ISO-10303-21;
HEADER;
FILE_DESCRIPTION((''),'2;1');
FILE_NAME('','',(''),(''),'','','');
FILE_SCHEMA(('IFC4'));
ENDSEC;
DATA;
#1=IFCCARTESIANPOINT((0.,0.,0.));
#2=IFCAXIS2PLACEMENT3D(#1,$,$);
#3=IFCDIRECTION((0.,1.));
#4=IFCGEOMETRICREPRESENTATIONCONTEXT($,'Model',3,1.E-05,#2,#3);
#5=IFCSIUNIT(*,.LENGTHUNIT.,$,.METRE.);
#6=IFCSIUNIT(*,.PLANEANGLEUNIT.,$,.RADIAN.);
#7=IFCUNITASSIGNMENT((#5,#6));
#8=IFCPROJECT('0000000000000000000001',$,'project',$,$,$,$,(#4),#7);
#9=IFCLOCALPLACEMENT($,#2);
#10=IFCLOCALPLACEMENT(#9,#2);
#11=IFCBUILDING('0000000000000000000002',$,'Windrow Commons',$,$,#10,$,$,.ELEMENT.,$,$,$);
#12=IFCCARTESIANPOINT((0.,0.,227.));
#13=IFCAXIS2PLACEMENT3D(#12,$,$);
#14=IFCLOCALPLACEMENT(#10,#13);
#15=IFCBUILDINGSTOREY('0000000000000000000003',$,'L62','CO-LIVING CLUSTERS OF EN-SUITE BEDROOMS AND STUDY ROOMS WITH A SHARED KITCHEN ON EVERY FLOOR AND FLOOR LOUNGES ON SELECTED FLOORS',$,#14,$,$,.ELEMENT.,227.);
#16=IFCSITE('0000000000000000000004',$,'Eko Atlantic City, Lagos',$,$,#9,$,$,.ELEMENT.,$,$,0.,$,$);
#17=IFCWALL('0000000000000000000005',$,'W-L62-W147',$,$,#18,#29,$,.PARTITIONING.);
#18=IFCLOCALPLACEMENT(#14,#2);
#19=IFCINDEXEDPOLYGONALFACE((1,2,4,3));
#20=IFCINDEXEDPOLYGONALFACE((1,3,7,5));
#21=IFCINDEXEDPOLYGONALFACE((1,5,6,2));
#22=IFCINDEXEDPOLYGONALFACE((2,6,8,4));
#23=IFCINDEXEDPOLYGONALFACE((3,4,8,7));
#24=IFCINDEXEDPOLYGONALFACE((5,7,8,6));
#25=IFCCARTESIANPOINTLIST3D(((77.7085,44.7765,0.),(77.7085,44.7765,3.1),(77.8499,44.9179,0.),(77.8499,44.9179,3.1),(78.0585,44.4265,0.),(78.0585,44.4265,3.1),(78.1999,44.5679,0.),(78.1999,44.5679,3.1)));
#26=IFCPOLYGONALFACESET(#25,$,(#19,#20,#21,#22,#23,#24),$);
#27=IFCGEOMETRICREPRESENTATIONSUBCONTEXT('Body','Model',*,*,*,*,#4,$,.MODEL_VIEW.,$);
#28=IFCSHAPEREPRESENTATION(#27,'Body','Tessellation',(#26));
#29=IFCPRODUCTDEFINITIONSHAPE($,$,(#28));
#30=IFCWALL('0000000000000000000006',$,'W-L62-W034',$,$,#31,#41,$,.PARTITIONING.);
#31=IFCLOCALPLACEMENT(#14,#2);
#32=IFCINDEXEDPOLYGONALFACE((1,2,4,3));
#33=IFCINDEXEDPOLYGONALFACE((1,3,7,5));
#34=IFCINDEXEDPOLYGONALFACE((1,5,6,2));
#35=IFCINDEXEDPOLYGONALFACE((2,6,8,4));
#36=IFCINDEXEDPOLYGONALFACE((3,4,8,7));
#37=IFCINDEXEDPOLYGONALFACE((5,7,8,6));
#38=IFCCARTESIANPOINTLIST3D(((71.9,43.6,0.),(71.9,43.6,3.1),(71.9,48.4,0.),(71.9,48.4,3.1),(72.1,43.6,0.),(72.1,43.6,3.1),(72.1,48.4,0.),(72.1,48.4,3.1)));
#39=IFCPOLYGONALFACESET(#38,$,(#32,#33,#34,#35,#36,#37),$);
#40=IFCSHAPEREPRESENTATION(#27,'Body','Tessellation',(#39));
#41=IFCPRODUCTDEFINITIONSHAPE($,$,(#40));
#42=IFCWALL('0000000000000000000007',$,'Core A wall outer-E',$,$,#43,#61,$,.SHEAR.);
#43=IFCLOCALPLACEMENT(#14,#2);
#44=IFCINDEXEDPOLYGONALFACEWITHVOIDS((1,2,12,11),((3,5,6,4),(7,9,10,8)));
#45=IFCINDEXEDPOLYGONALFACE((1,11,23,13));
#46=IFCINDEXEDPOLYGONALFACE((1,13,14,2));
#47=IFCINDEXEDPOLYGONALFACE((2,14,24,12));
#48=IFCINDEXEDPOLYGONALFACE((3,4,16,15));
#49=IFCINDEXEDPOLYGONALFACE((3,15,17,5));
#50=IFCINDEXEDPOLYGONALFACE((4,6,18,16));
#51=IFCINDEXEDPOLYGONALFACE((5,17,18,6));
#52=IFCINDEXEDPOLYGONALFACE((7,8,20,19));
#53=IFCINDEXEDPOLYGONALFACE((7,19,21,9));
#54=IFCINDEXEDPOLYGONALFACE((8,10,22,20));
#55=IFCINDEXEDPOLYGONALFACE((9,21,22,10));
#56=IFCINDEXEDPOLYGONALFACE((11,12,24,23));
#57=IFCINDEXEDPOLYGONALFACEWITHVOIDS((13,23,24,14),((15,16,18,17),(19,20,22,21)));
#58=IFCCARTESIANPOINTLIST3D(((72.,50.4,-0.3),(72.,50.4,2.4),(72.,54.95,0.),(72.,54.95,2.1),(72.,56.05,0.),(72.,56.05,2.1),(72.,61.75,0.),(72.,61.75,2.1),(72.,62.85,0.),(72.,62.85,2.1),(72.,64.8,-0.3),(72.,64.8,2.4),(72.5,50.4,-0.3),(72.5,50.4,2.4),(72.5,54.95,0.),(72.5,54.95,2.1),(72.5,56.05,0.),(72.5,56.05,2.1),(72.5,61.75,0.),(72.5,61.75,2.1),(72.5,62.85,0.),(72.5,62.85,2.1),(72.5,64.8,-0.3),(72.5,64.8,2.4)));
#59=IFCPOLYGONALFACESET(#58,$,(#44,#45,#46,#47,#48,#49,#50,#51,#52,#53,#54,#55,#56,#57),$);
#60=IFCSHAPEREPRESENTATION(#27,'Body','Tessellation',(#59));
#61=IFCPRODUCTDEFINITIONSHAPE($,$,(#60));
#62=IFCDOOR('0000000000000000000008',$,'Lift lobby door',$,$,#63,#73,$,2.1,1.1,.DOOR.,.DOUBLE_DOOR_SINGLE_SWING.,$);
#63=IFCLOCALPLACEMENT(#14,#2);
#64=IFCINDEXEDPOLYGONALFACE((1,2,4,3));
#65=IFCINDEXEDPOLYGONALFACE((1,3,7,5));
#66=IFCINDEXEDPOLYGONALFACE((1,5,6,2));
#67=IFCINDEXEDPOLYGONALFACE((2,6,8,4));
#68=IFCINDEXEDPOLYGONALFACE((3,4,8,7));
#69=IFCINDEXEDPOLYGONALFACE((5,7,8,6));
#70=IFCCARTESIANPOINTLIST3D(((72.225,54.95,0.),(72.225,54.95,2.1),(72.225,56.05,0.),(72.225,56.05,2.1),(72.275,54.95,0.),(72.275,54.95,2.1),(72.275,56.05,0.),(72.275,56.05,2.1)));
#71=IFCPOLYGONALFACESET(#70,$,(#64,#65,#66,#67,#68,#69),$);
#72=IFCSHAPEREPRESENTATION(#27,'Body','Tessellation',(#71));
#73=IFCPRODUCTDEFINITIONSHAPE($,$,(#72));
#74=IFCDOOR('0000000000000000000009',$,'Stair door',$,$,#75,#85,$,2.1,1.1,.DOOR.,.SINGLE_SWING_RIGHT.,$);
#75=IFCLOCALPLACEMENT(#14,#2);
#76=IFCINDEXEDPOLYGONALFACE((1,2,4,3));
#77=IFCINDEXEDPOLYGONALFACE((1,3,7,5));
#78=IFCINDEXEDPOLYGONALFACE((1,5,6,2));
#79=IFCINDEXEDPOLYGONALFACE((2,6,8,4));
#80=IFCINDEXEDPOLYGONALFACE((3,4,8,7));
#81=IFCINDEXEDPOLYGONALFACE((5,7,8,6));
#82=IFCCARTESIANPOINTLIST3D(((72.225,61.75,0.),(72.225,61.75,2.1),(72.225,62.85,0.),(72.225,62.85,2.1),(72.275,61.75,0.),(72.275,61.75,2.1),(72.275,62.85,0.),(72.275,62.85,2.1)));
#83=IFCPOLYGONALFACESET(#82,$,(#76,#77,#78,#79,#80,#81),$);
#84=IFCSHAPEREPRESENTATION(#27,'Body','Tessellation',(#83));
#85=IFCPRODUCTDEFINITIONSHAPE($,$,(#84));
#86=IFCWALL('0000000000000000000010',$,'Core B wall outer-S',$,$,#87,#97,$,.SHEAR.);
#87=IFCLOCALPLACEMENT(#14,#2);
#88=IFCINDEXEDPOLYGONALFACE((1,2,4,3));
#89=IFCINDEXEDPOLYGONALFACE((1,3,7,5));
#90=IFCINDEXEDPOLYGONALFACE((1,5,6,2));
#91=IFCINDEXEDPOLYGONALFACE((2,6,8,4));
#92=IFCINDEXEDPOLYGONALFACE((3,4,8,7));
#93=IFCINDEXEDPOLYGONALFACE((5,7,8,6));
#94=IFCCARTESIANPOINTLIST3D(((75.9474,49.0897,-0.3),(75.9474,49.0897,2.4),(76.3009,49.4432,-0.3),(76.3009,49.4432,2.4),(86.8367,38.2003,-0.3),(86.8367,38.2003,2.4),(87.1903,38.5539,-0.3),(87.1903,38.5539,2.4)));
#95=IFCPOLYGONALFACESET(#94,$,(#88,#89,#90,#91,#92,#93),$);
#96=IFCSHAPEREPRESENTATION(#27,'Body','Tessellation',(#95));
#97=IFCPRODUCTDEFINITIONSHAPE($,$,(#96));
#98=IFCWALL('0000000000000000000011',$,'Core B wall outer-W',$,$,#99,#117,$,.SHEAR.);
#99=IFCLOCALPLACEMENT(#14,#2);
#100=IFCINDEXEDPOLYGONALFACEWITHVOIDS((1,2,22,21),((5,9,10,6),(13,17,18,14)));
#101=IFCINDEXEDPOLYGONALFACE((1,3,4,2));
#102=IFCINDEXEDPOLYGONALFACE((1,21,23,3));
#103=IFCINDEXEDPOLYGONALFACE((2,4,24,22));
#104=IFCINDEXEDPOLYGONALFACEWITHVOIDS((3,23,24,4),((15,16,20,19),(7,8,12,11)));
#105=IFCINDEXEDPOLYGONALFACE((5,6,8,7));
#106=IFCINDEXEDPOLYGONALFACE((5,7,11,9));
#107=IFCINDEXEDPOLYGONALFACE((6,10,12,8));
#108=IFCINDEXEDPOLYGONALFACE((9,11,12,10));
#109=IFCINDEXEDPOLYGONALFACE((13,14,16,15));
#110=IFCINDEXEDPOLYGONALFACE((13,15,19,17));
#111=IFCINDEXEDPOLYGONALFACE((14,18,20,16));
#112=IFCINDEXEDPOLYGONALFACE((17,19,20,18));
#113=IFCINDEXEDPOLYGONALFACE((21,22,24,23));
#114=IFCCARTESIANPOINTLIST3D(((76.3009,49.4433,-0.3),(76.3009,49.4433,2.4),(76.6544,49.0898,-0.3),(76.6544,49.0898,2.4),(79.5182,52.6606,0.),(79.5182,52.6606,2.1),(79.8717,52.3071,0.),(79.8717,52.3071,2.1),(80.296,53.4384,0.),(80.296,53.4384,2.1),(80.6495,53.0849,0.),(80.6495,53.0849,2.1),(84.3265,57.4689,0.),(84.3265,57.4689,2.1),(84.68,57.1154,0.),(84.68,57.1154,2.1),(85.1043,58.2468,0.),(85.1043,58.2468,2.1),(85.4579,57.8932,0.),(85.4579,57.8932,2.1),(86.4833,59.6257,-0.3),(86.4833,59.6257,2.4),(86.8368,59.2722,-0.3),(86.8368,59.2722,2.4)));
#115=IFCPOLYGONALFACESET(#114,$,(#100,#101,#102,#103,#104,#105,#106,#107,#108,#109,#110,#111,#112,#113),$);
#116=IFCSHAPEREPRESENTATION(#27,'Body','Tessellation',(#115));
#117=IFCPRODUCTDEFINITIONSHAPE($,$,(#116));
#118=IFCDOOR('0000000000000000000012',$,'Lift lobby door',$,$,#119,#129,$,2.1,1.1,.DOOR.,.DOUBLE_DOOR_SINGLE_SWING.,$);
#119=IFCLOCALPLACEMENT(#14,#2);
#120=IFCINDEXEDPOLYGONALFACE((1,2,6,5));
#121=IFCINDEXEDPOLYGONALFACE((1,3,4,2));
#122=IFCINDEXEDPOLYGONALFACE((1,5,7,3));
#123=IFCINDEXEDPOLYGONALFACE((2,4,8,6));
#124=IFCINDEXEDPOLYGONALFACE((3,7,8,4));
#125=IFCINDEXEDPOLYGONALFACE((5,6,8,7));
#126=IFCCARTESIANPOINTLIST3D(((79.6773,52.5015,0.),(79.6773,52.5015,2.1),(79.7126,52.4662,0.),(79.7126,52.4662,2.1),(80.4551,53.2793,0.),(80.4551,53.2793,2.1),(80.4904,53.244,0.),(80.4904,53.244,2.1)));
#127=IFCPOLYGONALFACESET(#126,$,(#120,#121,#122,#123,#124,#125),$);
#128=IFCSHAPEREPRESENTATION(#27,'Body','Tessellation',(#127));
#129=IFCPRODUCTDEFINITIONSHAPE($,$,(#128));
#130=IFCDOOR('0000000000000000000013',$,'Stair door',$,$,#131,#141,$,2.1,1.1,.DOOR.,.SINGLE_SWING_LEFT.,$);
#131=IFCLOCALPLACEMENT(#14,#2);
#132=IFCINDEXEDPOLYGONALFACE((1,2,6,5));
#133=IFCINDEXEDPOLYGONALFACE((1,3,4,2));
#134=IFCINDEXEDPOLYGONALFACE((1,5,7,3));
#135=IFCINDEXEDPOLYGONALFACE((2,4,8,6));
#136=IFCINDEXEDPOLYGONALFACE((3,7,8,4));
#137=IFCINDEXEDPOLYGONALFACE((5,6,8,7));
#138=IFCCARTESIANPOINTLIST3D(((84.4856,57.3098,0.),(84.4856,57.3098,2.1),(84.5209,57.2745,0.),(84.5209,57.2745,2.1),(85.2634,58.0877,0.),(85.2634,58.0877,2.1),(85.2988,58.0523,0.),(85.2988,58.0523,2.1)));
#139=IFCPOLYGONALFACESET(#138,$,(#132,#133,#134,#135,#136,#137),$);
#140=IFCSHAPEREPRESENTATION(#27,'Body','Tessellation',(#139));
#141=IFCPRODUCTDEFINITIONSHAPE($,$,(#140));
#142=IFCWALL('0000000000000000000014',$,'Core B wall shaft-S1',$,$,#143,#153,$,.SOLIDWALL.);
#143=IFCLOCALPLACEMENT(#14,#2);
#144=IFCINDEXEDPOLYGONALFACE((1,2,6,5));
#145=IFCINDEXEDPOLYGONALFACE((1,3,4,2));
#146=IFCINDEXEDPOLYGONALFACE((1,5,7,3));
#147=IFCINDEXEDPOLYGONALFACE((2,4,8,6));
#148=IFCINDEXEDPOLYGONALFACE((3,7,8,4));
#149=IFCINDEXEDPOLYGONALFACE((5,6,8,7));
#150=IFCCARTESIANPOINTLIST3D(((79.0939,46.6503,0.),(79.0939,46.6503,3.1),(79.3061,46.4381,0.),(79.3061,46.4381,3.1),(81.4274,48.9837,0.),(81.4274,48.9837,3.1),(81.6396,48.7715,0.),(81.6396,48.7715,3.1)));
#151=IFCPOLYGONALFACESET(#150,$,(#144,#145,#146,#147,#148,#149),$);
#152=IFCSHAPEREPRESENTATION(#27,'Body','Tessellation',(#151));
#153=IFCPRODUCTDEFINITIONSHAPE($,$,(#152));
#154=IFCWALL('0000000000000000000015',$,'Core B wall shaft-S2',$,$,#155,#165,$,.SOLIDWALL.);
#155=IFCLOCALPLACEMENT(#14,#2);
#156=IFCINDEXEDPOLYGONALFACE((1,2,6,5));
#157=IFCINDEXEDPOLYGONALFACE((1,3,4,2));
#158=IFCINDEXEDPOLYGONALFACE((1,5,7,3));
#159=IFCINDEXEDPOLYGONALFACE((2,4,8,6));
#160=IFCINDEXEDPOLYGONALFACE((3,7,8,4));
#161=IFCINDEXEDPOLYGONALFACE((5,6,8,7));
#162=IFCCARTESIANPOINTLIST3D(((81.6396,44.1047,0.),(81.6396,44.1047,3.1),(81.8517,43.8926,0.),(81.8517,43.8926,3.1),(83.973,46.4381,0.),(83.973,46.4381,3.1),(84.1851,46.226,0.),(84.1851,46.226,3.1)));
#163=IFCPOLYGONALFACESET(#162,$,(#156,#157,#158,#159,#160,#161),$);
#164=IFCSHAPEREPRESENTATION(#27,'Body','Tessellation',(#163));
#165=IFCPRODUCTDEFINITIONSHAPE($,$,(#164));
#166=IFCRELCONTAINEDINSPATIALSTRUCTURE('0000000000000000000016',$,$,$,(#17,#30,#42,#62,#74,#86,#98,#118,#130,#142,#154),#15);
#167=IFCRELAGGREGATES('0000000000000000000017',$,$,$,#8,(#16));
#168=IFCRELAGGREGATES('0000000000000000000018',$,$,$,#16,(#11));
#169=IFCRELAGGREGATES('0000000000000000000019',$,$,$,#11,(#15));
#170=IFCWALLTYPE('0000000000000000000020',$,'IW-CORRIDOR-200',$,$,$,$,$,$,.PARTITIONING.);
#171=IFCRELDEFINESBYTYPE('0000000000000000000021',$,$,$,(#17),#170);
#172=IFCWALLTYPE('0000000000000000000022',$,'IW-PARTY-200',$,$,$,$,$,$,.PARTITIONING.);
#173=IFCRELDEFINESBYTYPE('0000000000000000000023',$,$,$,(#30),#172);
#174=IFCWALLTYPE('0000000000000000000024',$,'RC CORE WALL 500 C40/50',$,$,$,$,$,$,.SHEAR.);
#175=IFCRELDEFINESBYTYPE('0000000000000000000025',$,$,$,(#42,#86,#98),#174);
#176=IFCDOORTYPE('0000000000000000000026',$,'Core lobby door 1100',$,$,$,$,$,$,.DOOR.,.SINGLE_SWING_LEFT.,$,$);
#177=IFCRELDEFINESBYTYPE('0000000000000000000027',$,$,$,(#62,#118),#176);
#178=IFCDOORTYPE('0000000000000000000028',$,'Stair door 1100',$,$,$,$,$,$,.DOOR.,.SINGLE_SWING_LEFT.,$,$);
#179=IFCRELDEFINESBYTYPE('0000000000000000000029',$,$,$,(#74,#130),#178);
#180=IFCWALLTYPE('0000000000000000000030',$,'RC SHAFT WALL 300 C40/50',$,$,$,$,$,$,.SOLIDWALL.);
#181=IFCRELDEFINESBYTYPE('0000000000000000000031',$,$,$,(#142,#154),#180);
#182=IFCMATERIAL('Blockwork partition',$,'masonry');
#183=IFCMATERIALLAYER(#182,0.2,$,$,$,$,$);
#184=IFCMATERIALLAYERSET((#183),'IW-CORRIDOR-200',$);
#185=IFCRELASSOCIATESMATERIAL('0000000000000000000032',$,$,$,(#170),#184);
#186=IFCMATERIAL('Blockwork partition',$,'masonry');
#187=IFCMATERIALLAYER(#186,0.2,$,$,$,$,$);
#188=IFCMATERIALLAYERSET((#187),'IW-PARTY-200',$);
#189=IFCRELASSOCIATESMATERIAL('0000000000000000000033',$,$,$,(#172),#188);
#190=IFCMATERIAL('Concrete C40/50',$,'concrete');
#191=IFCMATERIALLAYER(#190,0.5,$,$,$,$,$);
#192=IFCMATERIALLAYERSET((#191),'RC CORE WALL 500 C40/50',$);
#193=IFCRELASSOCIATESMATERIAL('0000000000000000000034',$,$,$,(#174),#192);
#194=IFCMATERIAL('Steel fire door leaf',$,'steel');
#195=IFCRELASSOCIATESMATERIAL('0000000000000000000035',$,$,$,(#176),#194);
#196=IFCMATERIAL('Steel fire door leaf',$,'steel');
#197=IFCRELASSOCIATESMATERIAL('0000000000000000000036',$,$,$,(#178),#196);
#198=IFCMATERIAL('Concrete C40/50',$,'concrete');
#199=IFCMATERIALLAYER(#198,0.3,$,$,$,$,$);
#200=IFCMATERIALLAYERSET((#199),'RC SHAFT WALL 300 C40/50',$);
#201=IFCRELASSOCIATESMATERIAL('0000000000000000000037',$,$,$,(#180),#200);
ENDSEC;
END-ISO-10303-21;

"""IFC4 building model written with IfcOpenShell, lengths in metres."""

from ifc_helpers import new_model, si_unit, direction, frame, frame_2d, origin, place, context, subcontext, project, spatial, rectangle, extrude, material, layer, layer_set, type_object, element, fill, save


model = new_model("IFC4")

# Units and contexts
model_context = context("Model", 3, precision=1e-05, world=origin(), true_north=direction((0.0, 1.0)))
body_context = subcontext(model_context, "Body", "Model", "MODEL_VIEW")
ifc_project = project(units=[si_unit("LENGTHUNIT", "METRE"), si_unit("PLANEANGLEUNIT", "RADIAN")], contexts=[model_context])

# Site, building, storey
site_placement = place(None, origin())
site = spatial("IfcSite", under=ifc_project, at=site_placement, Name="Eko Atlantic City, Lagos", CompositionType="ELEMENT", RefElevation=0.0)
building_placement = place(site_placement, origin())
building = spatial("IfcBuilding", under=site, at=building_placement, Name="Windrow Commons", CompositionType="ELEMENT")
storey_placement = place(building_placement, frame((0.0, 0.0, 227.0)))
storey = spatial("IfcBuildingStorey", under=building, at=storey_placement, Name="L62", Description="CO-LIVING CLUSTERS OF EN-SUITE BEDROOMS AND STUDY ROOMS WITH A SHARED KITCHEN ON EVERY FLOOR AND FLOOR LOUNGES ON SELECTED FLOORS", CompositionType="ELEMENT", Elevation=227.0)

# Shared definitions
ifc_material_1 = material(Name="Blockwork partition", Category="masonry")
ifc_layer_1 = layer(ifc_material_1, 0.2)
ifc_layer_set_1 = layer_set([ifc_layer_1], Name="IW-CORRIDOR-200")
wall_type_1 = type_object("IfcWallType", Name="IW-CORRIDOR-200", PredefinedType="PARTITIONING", material=ifc_layer_set_1)

# Walls
wall_1_placement = place(storey_placement, frame((77.7792, 44.8472, 0.0), z_axis=(0.0, 0.0, 1.0), x_axis=(0.707107, -0.707107, 0.0)))
element("IfcWall", 1, at=wall_1_placement, inside=storey, type_object=wall_type_1, Name="W-L62-W147", PredefinedType="PARTITIONING", context=body_context, shape_type="SweptSolid", body=[
    extrude(rectangle(XDim=0.495, YDim=0.2, at=frame_2d((0.2475, 0.0))), origin(), (0.0, 0.0, 1.0), 3.1),
])
ifc_material_2 = material(Name="Blockwork partition", Category="masonry")
ifc_layer_2 = layer(ifc_material_2, 0.2)
ifc_layer_set_2 = layer_set([ifc_layer_2], Name="IW-PARTY-200")
wall_type_2 = type_object("IfcWallType", Name="IW-PARTY-200", PredefinedType="PARTITIONING", material=ifc_layer_set_2)
wall_2_placement = place(storey_placement, frame((72.0, 43.6, 0.0), z_axis=(0.0, 0.0, 1.0), x_axis=(0.0, 1.0, 0.0)))
element("IfcWall", 2, at=wall_2_placement, inside=storey, type_object=wall_type_2, Name="W-L62-W034", PredefinedType="PARTITIONING", context=body_context, shape_type="SweptSolid", body=[
    extrude(rectangle(XDim=4.8, YDim=0.2, at=frame_2d((2.4, 0.0))), origin(), (0.0, 0.0, 1.0), 3.1),
])

# Wall, openings, doors
ifc_material_3 = material(Name="Concrete C40/50", Category="concrete")
ifc_layer_3 = layer(ifc_material_3, 0.5)
ifc_layer_set_3 = layer_set([ifc_layer_3], Name="RC CORE WALL 500 C40/50")
wall_type_3 = type_object("IfcWallType", Name="RC CORE WALL 500 C40/50", PredefinedType="SHEAR", material=ifc_layer_set_3)
wall_3_placement = place(storey_placement, frame((72.25, 50.4, -0.3), z_axis=(0.0, 0.0, 1.0), x_axis=(0.0, 1.0, 0.0)))
wall_3 = element("IfcWall", 3, at=wall_3_placement, inside=storey, type_object=wall_type_3, Name="Core A wall outer-E", PredefinedType="SHEAR", context=body_context, shape_type="SweptSolid", body=[
    extrude(rectangle(XDim=14.4, YDim=0.5, at=frame_2d((7.2, 0.0))), origin(), (0.0, 0.0, 1.0), 2.7),
])
opening_1_placement = place(wall_3_placement, frame((4.55, 0.0, 0.3)))
opening_1 = element("IfcOpeningElement", 4, at=opening_1_placement, cuts=wall_3, PredefinedType="OPENING", context=body_context, shape_type="SweptSolid", body=[
    extrude(rectangle(XDim=1.1, YDim=2.1, at=frame_2d((0.55, 1.05))), frame((0.0, 0.26, 0.0), z_axis=(0.0, -1.0, 0.0), x_axis=(1.0, 0.0, 0.0)), (0.0, 0.0, 1.0), 0.52),
])
opening_2_placement = place(wall_3_placement, frame((11.35, 0.0, 0.3)))
opening_2 = element("IfcOpeningElement", 5, at=opening_2_placement, cuts=wall_3, PredefinedType="OPENING", context=body_context, shape_type="SweptSolid", body=[
    extrude(rectangle(XDim=1.1, YDim=2.1, at=frame_2d((0.55, 1.05))), frame((0.0, 0.26, 0.0), z_axis=(0.0, -1.0, 0.0), x_axis=(1.0, 0.0, 0.0)), (0.0, 0.0, 1.0), 0.52),
])
ifc_material_4 = material(Name="Steel fire door leaf", Category="steel")
door_type_1 = type_object("IfcDoorType", Name="Core lobby door 1100", OperationType="SINGLE_SWING_LEFT", PredefinedType="DOOR", material=ifc_material_4)
door_1_placement = place(opening_1_placement, origin())
door_1 = element("IfcDoor", 6, at=door_1_placement, inside=storey, type_object=door_type_1, Name="Lift lobby door", OperationType="DOUBLE_DOOR_SINGLE_SWING", OverallHeight=2.1, OverallWidth=1.1, PredefinedType="DOOR", context=body_context, shape_type="SweptSolid", body=[
    extrude(rectangle(XDim=1.1, YDim=2.1, at=frame_2d((0.55, 1.05))), frame((0.0, 0.025, 0.0), z_axis=(0.0, -1.0, 0.0), x_axis=(1.0, 0.0, 0.0)), (0.0, 0.0, 1.0), 0.05),
])
fill(opening_1, door_1)
ifc_material_5 = material(Name="Steel fire door leaf", Category="steel")
door_type_2 = type_object("IfcDoorType", Name="Stair door 1100", OperationType="SINGLE_SWING_LEFT", PredefinedType="DOOR", material=ifc_material_5)
door_2_placement = place(opening_2_placement, origin())
door_2 = element("IfcDoor", 7, at=door_2_placement, inside=storey, type_object=door_type_2, Name="Stair door", OperationType="SINGLE_SWING_RIGHT", OverallHeight=2.1, OverallWidth=1.1, PredefinedType="DOOR", context=body_context, shape_type="SweptSolid", body=[
    extrude(rectangle(XDim=1.1, YDim=2.1, at=frame_2d((0.55, 1.05))), frame((0.0, 0.025, 0.0), z_axis=(0.0, -1.0, 0.0), x_axis=(1.0, 0.0, 0.0)), (0.0, 0.0, 1.0), 0.05),
])
fill(opening_2, door_2)

# Wall
wall_4_placement = place(storey_placement, frame((76.1241, 49.2665, -0.3), z_axis=(0.0, 0.0, 1.0), x_axis=(0.707107, -0.707107, 0.0)))
element("IfcWall", 8, at=wall_4_placement, inside=storey, type_object=wall_type_3, Name="Core B wall outer-S", PredefinedType="SHEAR", context=body_context, shape_type="SweptSolid", body=[
    extrude(rectangle(XDim=15.3999, YDim=0.5, at=frame_2d((7.7, 0.0))), origin(), (0.0, 0.0, 1.0), 2.7),
])

# Wall, openings, doors
wall_5_placement = place(storey_placement, frame((76.4776, 49.2665, -0.3), z_axis=(0.0, 0.0, 1.0), x_axis=(0.707107, 0.707107, 0.0)))
wall_5 = element("IfcWall", 9, at=wall_5_placement, inside=storey, type_object=wall_type_3, Name="Core B wall outer-W", PredefinedType="SHEAR", context=body_context, shape_type="SweptSolid", body=[
    extrude(rectangle(XDim=14.4001, YDim=0.5, at=frame_2d((7.2001, 0.0))), origin(), (0.0, 0.0, 1.0), 2.7),
])
opening_3_placement = place(wall_5_placement, frame((4.55, 0.0, 0.3)))
opening_3 = element("IfcOpeningElement", 10, at=opening_3_placement, cuts=wall_5, PredefinedType="OPENING", context=body_context, shape_type="SweptSolid", body=[
    extrude(rectangle(XDim=1.1, YDim=2.1, at=frame_2d((0.55, 1.05))), frame((0.0, 0.26, 0.0), z_axis=(0.0, -1.0, 0.0), x_axis=(1.0, 0.0, 0.0)), (0.0, 0.0, 1.0), 0.52),
])
opening_4_placement = place(wall_5_placement, frame((11.35, 0.0, 0.3)))
opening_4 = element("IfcOpeningElement", 11, at=opening_4_placement, cuts=wall_5, PredefinedType="OPENING", context=body_context, shape_type="SweptSolid", body=[
    extrude(rectangle(XDim=1.1, YDim=2.1, at=frame_2d((0.55, 1.05))), frame((0.0, 0.26, 0.0), z_axis=(0.0, -1.0, 0.0), x_axis=(1.0, 0.0, 0.0)), (0.0, 0.0, 1.0), 0.52),
])
door_3_placement = place(opening_3_placement, origin())
door_3 = element("IfcDoor", 12, at=door_3_placement, inside=storey, type_object=door_type_1, Name="Lift lobby door", OperationType="DOUBLE_DOOR_SINGLE_SWING", OverallHeight=2.1, OverallWidth=1.1, PredefinedType="DOOR", context=body_context, shape_type="SweptSolid", body=[
    extrude(rectangle(XDim=1.1, YDim=2.1, at=frame_2d((0.55, 1.05))), frame((0.0, 0.025, 0.0), z_axis=(0.0, -1.0, 0.0), x_axis=(1.0, 0.0, 0.0)), (0.0, 0.0, 1.0), 0.05),
])
fill(opening_3, door_3)
door_4_placement = place(opening_4_placement, origin())
door_4 = element("IfcDoor", 13, at=door_4_placement, inside=storey, type_object=door_type_2, Name="Stair door", OperationType="SINGLE_SWING_LEFT", OverallHeight=2.1, OverallWidth=1.1, PredefinedType="DOOR", context=body_context, shape_type="SweptSolid", body=[
    extrude(rectangle(XDim=1.1, YDim=2.1, at=frame_2d((0.55, 1.05))), frame((0.0, 0.025, 0.0), z_axis=(0.0, -1.0, 0.0), x_axis=(1.0, 0.0, 0.0)), (0.0, 0.0, 1.0), 0.05),
])
fill(opening_4, door_4)

# Walls
ifc_material_6 = material(Name="Concrete C40/50", Category="concrete")
ifc_layer_4 = layer(ifc_material_6, 0.3)
ifc_layer_set_4 = layer_set([ifc_layer_4], Name="RC SHAFT WALL 300 C40/50")
wall_type_4 = type_object("IfcWallType", Name="RC SHAFT WALL 300 C40/50", PredefinedType="SOLIDWALL", material=ifc_layer_set_4)
wall_6_placement = place(storey_placement, frame((79.2, 46.5442, 0.0), z_axis=(0.0, 0.0, 1.0), x_axis=(0.707122, 0.707092, 0.0)))
element("IfcWall", 14, at=wall_6_placement, inside=storey, type_object=wall_type_4, Name="Core B wall shaft-S1", PredefinedType="SOLIDWALL", context=body_context, shape_type="SweptSolid", body=[
    extrude(rectangle(XDim=3.3, YDim=0.3, at=frame_2d((1.65, 0.0))), origin(), (0.0, 0.0, 1.0), 3.1),
])
wall_7_placement = place(storey_placement, frame((81.7456, 43.9986, 0.0), z_axis=(0.0, 0.0, 1.0), x_axis=(0.707107, 0.707107, 0.0)))
element("IfcWall", 15, at=wall_7_placement, inside=storey, type_object=wall_type_4, Name="Core B wall shaft-S2", PredefinedType="SOLIDWALL", context=body_context, shape_type="SweptSolid", body=[
    extrude(rectangle(XDim=3.2999, YDim=0.3, at=frame_2d((1.65, 0.0))), origin(), (0.0, 0.0, 1.0), 3.1),
])

save(model, "model.ifc")
